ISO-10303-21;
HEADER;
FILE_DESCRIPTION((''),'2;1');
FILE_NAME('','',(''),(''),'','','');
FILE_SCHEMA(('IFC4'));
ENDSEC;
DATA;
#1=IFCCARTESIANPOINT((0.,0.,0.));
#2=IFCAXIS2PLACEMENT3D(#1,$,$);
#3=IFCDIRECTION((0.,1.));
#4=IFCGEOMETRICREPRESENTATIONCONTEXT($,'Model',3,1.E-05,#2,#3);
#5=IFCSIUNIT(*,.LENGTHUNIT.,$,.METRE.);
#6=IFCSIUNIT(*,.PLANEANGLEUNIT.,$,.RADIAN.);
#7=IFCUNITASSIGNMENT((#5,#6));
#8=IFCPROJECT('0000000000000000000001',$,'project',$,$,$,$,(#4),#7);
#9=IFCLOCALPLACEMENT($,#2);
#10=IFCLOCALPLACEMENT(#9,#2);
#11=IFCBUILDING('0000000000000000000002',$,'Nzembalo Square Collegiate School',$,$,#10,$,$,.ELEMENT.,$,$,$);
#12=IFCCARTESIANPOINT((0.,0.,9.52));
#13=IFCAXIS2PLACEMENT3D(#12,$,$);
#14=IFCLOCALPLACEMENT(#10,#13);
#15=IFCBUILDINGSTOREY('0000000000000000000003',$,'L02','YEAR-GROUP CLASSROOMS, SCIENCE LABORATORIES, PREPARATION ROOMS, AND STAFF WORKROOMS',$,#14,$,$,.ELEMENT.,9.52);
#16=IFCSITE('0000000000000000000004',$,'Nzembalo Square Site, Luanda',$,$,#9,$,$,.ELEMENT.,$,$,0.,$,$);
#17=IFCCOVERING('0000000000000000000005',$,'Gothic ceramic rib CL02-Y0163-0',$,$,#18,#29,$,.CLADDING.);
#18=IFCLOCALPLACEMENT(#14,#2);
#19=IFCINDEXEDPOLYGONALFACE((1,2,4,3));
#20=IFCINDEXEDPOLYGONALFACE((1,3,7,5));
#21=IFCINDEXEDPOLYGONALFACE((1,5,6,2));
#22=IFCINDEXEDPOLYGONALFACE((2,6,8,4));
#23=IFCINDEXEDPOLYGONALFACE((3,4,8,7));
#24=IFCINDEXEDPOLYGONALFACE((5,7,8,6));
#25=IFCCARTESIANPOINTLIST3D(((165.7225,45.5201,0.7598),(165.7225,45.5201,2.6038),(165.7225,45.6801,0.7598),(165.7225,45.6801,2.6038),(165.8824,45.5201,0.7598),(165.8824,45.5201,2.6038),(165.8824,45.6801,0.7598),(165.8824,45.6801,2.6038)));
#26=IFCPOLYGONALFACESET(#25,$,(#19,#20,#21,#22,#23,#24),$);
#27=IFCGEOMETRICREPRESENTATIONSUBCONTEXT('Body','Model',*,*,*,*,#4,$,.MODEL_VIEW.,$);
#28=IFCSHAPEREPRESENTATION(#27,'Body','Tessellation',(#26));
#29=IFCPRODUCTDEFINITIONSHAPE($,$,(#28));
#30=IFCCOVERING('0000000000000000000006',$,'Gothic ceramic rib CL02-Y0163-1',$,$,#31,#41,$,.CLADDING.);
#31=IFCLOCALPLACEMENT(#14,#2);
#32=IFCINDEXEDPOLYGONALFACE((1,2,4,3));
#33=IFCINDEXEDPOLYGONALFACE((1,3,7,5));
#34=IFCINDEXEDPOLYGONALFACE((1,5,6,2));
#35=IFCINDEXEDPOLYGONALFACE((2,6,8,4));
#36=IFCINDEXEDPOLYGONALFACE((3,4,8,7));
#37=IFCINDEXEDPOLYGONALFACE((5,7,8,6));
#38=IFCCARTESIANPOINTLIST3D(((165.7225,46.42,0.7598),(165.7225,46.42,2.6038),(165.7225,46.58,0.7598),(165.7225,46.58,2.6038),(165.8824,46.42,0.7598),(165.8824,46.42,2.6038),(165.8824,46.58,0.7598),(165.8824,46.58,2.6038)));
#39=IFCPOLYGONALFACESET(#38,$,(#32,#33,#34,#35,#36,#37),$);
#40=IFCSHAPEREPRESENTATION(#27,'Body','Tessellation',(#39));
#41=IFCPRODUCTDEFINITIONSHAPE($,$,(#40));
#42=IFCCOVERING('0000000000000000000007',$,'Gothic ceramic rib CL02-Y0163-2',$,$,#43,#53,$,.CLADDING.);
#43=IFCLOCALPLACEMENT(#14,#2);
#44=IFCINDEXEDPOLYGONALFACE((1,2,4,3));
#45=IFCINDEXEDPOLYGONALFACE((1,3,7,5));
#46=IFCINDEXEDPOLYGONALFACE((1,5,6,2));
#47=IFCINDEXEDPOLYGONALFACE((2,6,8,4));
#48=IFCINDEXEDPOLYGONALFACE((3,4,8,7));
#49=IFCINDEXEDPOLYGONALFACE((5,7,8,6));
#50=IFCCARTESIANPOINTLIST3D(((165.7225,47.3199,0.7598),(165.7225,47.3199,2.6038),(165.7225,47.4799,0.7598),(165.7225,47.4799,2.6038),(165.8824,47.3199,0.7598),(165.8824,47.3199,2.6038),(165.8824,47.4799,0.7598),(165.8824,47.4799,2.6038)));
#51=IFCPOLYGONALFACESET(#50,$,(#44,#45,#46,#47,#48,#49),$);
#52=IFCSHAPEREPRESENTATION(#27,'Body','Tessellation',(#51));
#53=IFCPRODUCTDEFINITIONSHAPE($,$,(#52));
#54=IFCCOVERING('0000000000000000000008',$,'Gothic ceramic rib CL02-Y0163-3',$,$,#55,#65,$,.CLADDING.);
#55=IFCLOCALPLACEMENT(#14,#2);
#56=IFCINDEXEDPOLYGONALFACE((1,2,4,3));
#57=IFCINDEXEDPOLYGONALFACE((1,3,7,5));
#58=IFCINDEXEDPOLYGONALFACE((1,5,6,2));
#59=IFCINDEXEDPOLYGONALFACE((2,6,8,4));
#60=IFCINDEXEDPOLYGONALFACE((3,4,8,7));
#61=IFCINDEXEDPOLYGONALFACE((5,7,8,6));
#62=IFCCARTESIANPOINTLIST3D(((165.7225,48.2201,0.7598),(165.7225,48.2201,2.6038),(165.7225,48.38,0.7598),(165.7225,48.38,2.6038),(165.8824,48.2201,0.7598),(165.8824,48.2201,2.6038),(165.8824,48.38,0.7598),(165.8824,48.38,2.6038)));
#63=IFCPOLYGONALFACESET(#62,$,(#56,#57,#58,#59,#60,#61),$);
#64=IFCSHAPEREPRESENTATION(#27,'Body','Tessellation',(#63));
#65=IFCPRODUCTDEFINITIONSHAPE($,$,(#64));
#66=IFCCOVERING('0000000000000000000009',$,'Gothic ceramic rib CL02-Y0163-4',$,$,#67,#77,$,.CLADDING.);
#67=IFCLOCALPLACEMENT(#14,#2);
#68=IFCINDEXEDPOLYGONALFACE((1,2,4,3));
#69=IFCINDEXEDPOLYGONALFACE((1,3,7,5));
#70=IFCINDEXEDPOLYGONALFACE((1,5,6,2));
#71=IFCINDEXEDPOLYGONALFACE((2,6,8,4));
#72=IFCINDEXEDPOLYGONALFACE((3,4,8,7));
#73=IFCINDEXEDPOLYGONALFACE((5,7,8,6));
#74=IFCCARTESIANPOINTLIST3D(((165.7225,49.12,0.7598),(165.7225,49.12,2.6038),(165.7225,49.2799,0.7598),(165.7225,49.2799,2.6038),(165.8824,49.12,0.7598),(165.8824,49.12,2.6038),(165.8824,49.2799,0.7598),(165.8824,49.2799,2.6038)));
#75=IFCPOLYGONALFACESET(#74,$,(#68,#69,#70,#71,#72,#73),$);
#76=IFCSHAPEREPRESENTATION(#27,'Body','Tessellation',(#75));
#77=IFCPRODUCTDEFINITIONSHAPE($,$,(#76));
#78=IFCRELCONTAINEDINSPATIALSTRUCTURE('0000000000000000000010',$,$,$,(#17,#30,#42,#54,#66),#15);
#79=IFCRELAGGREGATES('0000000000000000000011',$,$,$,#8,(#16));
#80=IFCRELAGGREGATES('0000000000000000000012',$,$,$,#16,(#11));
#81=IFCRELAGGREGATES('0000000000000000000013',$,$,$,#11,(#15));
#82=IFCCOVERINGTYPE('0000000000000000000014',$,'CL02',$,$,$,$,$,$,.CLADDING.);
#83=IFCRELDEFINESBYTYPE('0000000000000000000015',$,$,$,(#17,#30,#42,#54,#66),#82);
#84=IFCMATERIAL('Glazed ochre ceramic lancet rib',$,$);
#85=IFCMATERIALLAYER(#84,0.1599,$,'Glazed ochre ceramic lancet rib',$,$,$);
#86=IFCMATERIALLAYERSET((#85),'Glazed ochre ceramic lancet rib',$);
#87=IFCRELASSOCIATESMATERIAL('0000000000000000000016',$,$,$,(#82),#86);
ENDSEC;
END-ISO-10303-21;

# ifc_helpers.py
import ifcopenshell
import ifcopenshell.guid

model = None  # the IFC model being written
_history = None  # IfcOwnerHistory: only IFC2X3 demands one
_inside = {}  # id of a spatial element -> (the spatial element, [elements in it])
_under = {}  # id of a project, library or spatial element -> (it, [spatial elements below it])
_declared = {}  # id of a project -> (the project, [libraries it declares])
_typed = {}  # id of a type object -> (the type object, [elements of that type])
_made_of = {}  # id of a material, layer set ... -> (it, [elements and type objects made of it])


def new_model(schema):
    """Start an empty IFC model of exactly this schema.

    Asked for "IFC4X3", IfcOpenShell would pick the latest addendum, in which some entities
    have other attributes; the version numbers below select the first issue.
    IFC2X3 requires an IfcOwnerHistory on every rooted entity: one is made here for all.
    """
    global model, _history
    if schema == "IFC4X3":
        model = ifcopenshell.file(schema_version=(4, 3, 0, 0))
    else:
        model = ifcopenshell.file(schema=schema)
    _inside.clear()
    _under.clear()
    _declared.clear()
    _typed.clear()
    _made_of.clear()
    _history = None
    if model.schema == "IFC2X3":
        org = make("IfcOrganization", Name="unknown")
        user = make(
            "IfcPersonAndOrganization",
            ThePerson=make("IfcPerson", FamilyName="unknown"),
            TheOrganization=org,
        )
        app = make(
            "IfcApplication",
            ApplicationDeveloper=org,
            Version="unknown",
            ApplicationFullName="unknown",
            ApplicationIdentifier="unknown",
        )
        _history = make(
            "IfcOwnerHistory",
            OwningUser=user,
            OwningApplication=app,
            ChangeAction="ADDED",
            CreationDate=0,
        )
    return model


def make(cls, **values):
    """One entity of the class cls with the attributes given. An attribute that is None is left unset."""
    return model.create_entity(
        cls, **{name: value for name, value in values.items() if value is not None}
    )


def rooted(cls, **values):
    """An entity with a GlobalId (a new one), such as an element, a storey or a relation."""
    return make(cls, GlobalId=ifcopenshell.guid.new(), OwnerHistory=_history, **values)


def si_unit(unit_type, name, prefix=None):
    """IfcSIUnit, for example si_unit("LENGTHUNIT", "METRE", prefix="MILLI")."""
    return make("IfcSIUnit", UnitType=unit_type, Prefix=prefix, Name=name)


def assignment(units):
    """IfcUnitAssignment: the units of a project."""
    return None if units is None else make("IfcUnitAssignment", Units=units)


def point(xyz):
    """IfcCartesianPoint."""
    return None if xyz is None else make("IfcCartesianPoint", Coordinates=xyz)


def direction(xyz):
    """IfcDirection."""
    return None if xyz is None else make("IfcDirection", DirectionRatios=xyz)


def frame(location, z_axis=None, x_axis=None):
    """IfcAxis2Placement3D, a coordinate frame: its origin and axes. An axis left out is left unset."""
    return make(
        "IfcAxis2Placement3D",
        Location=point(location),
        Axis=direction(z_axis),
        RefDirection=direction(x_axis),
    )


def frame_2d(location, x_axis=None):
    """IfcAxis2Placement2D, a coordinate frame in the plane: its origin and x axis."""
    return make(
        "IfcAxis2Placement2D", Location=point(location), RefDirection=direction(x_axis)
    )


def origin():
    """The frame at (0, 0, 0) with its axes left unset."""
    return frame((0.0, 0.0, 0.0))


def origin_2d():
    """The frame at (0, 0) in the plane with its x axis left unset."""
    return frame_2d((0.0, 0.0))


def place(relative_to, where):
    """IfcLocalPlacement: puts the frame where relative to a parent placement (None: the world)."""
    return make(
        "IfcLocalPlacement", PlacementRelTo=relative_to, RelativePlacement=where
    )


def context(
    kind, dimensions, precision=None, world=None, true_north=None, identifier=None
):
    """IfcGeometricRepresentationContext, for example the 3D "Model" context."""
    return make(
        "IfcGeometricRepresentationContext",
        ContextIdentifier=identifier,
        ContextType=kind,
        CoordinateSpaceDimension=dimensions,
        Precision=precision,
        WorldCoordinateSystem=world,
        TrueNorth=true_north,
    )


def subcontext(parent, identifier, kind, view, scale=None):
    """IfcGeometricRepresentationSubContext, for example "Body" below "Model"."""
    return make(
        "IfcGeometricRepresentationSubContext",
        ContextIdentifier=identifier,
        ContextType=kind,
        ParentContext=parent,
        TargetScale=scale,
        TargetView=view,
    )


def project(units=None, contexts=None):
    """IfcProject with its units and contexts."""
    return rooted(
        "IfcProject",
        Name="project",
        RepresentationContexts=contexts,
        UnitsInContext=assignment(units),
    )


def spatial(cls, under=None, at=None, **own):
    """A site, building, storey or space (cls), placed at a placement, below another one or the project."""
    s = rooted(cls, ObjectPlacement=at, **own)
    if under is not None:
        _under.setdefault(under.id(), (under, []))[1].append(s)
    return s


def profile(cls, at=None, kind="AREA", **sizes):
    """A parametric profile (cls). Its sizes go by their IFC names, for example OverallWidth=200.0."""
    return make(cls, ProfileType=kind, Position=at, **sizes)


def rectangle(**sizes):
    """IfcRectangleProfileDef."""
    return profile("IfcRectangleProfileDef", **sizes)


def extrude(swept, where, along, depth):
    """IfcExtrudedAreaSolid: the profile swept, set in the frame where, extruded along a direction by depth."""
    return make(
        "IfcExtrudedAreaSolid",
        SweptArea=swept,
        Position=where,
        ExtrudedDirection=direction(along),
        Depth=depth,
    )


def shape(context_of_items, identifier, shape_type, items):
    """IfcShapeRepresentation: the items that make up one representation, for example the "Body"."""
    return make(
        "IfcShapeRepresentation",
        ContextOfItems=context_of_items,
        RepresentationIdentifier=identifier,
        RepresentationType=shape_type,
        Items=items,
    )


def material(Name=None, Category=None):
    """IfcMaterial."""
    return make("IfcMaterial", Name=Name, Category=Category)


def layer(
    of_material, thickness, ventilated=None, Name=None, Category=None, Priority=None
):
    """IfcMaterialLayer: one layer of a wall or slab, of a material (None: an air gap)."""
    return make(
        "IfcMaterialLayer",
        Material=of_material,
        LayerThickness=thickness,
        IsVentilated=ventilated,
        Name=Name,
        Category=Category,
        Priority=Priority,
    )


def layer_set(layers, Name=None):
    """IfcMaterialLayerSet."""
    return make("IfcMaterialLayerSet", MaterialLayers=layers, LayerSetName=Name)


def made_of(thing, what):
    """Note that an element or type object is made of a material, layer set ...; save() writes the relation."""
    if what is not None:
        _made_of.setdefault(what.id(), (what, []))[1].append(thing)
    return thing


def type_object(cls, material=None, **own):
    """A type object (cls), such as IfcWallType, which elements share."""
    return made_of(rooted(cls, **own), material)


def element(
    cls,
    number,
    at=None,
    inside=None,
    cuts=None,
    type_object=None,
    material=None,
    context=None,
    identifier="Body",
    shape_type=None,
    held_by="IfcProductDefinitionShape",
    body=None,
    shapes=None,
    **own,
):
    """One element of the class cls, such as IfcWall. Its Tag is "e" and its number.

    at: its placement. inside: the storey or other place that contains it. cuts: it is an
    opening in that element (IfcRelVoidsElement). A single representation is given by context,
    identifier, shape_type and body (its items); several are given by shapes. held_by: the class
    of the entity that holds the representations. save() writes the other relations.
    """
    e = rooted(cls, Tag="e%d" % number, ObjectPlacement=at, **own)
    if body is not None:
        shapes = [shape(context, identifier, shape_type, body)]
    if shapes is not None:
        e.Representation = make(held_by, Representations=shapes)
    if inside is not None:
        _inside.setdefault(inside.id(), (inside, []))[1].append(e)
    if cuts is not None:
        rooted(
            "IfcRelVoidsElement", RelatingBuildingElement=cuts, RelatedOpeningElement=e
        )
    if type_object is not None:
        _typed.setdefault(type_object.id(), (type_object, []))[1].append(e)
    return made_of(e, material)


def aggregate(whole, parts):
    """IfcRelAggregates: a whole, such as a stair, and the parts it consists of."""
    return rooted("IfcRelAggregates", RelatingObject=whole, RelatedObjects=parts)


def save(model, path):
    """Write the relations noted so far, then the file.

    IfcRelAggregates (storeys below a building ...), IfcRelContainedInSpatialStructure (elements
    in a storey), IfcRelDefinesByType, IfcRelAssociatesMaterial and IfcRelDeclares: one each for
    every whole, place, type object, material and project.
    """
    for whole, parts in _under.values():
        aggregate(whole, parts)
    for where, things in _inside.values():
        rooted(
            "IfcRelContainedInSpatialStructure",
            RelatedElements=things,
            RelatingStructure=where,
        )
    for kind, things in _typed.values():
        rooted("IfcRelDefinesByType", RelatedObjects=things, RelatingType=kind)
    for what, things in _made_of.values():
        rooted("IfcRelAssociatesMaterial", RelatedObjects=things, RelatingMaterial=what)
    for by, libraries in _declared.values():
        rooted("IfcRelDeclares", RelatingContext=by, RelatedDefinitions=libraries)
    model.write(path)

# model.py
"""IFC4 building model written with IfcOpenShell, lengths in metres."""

from ifc_helpers import new_model, si_unit, direction, frame, origin, origin_2d, place, context, subcontext, project, spatial, rectangle, extrude, material, layer, layer_set, type_object, element, save


model = new_model("IFC4")

# Units and contexts
model_context = context("Model", 3, precision=1e-05, world=origin(), true_north=direction((0.0, 1.0)))
body_context = subcontext(model_context, "Body", "Model", "MODEL_VIEW")
ifc_project = project(units=[si_unit("LENGTHUNIT", "METRE"), si_unit("PLANEANGLEUNIT", "RADIAN")], contexts=[model_context])

# Site, building, storey
site_placement = place(None, origin())
site = spatial("IfcSite", under=ifc_project, at=site_placement, Name="Nzembalo Square Site, Luanda", CompositionType="ELEMENT", RefElevation=0.0)
building_placement = place(site_placement, origin())
building = spatial("IfcBuilding", under=site, at=building_placement, Name="Nzembalo Square Collegiate School", CompositionType="ELEMENT")
storey_placement = place(building_placement, frame((0.0, 0.0, 9.52)))
storey = spatial("IfcBuildingStorey", under=building, at=storey_placement, Name="L02", Description="YEAR-GROUP CLASSROOMS, SCIENCE LABORATORIES, PREPARATION ROOMS, AND STAFF WORKROOMS", CompositionType="ELEMENT", Elevation=9.52)

# Coverings
ifc_material_1 = material(Name="Glazed ochre ceramic lancet rib")
ifc_layer_1 = layer(ifc_material_1, 0.1599, Name="Glazed ochre ceramic lancet rib")
ifc_layer_set_1 = layer_set([ifc_layer_1], Name="Glazed ochre ceramic lancet rib")
covering_type_1 = type_object("IfcCoveringType", Name="CL02", PredefinedType="CLADDING", material=ifc_layer_set_1)
for number, where, z_axis, x_axis, name in (
    (1, (165.8025, 45.6001, 0.7598), (0.0, 0.0, 1.0), (1.0, 0.0, 0.0), "Gothic ceramic rib CL02-Y0163-0"),
    (2, (165.8025, 46.5, 0.7598), (0.0, 0.0, 1.0), (1.0, 0.0, 0.0), "Gothic ceramic rib CL02-Y0163-1"),
    (3, (165.8025, 47.3999, 0.7598), (0.0, 0.0, 1.0), (1.0, 0.0, 0.0), "Gothic ceramic rib CL02-Y0163-2"),
    (4, (165.8025, 48.3, 0.7598), (0.0, 0.0, 1.0), (1.0, 0.0, 0.0), "Gothic ceramic rib CL02-Y0163-3"),
    (5, (165.8025, 49.2, 0.7598), (0.0, 0.0, 1.0), (1.0, 0.0, 0.0), "Gothic ceramic rib CL02-Y0163-4"),
):
    element("IfcCovering", number, at=place(storey_placement, frame(where, z_axis=z_axis, x_axis=x_axis)), inside=storey, type_object=covering_type_1, Name=name, PredefinedType="CLADDING", context=body_context, shape_type="SweptSolid", body=[
        extrude(rectangle(XDim=0.1599, YDim=0.1599, at=origin_2d()), origin(), (0.0, 0.0, 1.0), 1.844),
    ])

save(model, "model.ifc")
